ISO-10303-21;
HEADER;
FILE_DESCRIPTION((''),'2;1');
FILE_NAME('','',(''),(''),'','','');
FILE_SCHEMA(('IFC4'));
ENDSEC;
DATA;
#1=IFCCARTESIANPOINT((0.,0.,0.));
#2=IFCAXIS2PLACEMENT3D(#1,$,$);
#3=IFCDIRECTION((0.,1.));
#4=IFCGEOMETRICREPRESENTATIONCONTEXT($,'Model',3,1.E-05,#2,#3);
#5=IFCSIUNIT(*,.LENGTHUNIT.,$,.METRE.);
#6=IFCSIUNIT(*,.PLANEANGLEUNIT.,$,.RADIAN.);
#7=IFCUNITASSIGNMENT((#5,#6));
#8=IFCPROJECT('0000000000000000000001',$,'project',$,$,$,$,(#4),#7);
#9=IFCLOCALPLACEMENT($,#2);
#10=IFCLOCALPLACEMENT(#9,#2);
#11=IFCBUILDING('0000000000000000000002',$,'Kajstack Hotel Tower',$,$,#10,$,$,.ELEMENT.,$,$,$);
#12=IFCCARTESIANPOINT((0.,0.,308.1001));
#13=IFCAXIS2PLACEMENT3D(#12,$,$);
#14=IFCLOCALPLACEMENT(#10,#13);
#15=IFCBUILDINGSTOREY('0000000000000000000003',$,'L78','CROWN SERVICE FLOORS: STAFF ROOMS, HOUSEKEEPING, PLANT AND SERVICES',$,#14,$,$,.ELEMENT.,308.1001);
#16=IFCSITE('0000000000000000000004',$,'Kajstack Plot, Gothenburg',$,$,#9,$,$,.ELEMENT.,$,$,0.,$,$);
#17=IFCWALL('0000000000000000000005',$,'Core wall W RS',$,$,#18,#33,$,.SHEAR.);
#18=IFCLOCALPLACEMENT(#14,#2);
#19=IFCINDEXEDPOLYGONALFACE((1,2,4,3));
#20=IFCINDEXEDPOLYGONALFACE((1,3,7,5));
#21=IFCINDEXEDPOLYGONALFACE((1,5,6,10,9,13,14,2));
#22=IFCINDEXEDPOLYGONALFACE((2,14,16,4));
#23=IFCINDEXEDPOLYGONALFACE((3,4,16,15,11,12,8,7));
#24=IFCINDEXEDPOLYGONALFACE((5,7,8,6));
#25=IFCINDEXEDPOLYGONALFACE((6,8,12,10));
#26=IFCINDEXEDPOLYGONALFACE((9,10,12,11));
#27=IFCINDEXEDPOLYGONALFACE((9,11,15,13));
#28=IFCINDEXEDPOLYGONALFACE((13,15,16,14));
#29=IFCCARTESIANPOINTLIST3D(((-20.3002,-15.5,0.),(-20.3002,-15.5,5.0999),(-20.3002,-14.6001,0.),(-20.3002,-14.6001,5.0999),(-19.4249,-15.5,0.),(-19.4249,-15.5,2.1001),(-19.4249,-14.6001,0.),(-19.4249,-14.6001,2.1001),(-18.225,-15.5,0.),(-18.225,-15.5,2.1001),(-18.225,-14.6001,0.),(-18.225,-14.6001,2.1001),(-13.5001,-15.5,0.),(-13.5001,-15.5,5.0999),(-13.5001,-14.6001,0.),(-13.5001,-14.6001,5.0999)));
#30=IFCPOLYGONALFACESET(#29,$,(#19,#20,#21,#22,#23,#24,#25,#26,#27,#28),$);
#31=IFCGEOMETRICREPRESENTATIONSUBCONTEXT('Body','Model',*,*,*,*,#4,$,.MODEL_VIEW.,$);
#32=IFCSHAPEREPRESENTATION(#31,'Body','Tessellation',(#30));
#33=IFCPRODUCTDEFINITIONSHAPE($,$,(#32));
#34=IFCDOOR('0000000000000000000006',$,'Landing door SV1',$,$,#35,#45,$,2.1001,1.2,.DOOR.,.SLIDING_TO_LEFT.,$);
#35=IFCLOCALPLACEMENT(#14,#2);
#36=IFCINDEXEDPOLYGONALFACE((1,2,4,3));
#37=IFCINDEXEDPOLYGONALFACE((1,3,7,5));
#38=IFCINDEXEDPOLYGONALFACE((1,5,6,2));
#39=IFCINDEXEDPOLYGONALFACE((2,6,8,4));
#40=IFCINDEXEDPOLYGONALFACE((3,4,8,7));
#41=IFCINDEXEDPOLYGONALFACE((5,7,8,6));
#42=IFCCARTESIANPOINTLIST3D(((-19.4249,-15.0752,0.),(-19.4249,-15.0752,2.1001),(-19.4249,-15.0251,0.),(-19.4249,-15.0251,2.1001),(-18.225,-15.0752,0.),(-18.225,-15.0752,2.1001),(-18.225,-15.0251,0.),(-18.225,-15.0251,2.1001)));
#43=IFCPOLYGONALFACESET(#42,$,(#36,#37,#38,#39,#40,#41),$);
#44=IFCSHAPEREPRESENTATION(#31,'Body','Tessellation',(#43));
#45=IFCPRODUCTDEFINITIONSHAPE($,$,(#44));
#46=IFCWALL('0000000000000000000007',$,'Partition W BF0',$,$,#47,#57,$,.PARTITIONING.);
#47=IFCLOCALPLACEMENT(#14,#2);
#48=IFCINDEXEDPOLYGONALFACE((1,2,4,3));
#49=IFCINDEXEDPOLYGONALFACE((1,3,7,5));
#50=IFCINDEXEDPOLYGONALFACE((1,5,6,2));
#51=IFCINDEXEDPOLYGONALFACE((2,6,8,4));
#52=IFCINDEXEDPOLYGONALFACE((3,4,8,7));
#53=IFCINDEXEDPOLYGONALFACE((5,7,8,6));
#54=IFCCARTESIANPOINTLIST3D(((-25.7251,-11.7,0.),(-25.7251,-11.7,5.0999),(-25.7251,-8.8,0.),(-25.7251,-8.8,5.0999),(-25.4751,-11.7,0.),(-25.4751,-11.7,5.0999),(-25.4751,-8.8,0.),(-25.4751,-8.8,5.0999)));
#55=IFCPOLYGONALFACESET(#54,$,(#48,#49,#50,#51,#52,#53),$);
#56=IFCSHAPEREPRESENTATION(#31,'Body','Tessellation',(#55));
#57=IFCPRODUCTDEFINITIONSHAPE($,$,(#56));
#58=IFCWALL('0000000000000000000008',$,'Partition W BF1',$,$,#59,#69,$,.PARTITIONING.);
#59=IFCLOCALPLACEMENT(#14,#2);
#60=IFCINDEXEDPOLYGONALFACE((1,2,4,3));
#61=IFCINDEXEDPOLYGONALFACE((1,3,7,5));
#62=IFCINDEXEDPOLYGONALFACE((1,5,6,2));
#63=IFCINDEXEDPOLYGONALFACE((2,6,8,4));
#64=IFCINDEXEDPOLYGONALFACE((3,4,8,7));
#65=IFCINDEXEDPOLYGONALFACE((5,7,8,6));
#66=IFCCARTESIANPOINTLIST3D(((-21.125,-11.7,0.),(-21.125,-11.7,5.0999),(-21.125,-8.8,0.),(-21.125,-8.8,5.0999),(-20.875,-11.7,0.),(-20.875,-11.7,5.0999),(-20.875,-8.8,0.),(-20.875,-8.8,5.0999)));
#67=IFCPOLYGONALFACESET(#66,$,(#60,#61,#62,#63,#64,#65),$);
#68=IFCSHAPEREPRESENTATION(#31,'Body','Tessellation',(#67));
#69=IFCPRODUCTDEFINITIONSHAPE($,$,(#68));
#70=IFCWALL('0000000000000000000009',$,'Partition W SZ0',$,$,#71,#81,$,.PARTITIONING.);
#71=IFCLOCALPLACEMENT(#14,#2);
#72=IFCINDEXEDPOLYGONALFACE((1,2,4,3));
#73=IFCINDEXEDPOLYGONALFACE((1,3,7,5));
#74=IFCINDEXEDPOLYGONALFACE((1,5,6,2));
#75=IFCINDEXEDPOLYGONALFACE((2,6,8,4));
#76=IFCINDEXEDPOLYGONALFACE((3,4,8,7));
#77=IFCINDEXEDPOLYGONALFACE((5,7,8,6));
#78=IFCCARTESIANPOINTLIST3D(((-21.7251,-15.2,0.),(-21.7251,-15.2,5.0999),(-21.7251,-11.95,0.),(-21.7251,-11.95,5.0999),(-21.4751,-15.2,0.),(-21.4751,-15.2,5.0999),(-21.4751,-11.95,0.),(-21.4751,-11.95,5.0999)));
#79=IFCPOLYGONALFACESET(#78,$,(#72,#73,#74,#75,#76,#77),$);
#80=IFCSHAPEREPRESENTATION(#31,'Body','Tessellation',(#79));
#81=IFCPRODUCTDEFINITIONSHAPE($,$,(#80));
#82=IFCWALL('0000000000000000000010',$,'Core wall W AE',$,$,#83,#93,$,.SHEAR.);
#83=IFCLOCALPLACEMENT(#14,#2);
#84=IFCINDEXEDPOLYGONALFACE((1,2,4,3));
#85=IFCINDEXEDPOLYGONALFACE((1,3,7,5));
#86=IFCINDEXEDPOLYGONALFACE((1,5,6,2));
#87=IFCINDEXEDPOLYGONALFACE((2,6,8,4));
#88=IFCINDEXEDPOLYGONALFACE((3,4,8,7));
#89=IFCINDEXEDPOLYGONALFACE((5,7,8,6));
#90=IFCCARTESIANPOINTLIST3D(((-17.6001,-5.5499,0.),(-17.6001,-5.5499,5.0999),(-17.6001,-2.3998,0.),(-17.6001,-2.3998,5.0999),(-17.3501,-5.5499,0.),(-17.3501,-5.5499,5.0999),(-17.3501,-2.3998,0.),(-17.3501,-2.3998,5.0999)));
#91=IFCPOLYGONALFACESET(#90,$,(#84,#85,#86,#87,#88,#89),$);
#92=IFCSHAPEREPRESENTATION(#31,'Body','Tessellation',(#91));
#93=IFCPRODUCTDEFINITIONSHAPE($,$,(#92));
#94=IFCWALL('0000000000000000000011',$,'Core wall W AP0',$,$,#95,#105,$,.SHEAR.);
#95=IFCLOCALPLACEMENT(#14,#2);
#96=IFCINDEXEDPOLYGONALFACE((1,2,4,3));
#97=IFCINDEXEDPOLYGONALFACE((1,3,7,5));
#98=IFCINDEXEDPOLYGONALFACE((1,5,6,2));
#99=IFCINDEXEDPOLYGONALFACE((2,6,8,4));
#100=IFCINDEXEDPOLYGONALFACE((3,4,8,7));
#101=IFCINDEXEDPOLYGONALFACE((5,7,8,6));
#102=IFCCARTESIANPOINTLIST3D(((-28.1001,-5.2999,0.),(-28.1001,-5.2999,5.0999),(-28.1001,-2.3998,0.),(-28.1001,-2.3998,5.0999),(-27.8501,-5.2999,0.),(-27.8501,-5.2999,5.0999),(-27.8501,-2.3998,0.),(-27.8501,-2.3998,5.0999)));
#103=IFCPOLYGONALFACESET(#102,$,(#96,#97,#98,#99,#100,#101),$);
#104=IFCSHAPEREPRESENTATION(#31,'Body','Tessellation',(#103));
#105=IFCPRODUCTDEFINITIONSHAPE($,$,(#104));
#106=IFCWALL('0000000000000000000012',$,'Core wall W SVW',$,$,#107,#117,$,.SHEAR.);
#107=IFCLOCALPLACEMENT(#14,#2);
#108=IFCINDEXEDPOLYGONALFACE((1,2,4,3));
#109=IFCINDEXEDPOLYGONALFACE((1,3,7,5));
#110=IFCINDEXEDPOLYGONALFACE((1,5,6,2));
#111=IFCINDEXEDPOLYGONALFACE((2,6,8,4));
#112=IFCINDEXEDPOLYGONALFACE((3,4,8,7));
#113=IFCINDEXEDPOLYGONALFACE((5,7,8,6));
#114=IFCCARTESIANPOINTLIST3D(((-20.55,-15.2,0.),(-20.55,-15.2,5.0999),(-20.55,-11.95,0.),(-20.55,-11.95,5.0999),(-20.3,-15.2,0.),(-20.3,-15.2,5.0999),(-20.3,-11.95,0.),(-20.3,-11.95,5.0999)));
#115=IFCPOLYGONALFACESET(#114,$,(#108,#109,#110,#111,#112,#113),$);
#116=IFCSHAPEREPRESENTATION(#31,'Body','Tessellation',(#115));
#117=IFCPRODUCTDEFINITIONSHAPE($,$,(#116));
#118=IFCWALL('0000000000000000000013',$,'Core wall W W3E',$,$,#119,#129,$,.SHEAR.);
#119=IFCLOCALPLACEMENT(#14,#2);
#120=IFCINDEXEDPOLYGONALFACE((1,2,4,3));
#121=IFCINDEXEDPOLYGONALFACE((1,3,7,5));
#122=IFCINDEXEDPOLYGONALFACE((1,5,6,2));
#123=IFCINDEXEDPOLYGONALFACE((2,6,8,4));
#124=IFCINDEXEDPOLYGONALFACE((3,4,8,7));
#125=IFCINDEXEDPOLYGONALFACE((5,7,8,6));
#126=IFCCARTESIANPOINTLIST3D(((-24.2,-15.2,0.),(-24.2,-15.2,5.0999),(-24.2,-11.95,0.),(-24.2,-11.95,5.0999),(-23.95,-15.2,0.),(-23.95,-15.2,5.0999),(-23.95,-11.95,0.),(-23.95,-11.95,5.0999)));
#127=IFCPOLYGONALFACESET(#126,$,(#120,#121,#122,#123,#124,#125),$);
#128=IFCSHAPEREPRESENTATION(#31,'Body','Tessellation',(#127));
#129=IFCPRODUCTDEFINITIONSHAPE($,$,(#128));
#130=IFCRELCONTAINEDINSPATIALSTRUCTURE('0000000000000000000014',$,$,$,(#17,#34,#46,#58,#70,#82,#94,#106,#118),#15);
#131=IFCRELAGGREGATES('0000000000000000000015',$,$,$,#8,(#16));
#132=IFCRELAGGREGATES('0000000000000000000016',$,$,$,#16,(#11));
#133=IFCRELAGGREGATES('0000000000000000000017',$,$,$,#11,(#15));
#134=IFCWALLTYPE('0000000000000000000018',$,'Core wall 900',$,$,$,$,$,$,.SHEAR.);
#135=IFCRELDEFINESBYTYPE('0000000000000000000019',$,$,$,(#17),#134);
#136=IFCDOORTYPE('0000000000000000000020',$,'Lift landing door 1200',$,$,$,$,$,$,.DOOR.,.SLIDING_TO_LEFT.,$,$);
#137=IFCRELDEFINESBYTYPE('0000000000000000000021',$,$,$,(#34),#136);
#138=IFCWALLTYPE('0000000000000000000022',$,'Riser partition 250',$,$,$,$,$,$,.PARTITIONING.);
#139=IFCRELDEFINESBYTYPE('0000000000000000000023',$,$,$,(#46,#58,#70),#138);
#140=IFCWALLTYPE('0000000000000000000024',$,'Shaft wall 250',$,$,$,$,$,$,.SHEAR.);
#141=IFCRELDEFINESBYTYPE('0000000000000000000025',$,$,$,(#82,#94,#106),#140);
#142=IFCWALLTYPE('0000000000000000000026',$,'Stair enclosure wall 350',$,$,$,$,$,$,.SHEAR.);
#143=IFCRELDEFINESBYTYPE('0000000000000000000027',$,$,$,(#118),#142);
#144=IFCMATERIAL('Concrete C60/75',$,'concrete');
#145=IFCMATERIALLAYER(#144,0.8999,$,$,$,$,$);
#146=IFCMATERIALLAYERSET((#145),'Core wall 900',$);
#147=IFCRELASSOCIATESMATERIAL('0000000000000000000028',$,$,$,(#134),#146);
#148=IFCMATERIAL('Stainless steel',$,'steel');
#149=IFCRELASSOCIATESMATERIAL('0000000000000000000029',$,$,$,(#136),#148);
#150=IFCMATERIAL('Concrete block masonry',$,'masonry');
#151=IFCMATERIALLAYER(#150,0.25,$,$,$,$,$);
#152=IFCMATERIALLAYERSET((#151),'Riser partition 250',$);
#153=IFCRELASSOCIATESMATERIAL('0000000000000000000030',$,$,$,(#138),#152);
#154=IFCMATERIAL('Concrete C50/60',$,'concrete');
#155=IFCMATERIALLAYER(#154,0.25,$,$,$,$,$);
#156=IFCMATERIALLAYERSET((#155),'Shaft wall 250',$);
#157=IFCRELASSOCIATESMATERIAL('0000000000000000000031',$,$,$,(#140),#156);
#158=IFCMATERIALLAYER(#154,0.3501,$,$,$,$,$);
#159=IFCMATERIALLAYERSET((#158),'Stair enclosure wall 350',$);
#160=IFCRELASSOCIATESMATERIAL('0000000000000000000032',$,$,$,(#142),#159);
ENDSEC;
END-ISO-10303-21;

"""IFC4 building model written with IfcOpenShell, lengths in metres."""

from ifc_helpers import new_model, si_unit, direction, frame, frame_2d, origin, place, context, subcontext, project, spatial, rectangle, extrude, material, layer, layer_set, type_object, element, fill, save


model = new_model("IFC4")

# Units and contexts
model_context = context("Model", 3, precision=1e-05, world=origin(), true_north=direction((0.0, 1.0)))
body_context = subcontext(model_context, "Body", "Model", "MODEL_VIEW")
ifc_project = project(units=[si_unit("LENGTHUNIT", "METRE"), si_unit("PLANEANGLEUNIT", "RADIAN")], contexts=[model_context])

# Site, building, storey
site_placement = place(None, origin())
site = spatial("IfcSite", under=ifc_project, at=site_placement, Name="Kajstack Plot, Gothenburg", CompositionType="ELEMENT", RefElevation=0.0)
building_placement = place(site_placement, origin())
building = spatial("IfcBuilding", under=site, at=building_placement, Name="Kajstack Hotel Tower", CompositionType="ELEMENT")
storey_placement = place(building_placement, frame((0.0, 0.0, 308.1001)))
storey = spatial("IfcBuildingStorey", under=building, at=storey_placement, Name="L78", Description="CROWN SERVICE FLOORS: STAFF ROOMS, HOUSEKEEPING, PLANT AND SERVICES", CompositionType="ELEMENT", Elevation=308.1001)

# Wall, opening, door
ifc_material_1 = material(Name="Concrete C60/75", Category="concrete")
ifc_layer_1 = layer(ifc_material_1, 0.8999)
ifc_layer_set_1 = layer_set([ifc_layer_1], Name="Core wall 900")
wall_type_1 = type_object("IfcWallType", Name="Core wall 900", PredefinedType="SHEAR", material=ifc_layer_set_1)
wall_1_placement = place(storey_placement, frame((-20.3, -15.05, 0.0), z_axis=(0.0, 0.0, 1.0), x_axis=(1.0, 0.0, 0.0)))
wall_1 = element("IfcWall", 1, at=wall_1_placement, inside=storey, type_object=wall_type_1, Name="Core wall W RS", PredefinedType="SHEAR", context=body_context, shape_type="SweptSolid", body=[
    extrude(rectangle(XDim=6.8, YDim=0.8999, at=frame_2d((3.3999, 0.0))), origin(), (0.0, 0.0, 1.0), 5.0999),
])
opening_placement = place(wall_1_placement, frame((0.875, 0.0, 0.0)))
opening = element("IfcOpeningElement", 2, at=opening_placement, cuts=wall_1, PredefinedType="OPENING", context=body_context, shape_type="SweptSolid", body=[
    extrude(rectangle(XDim=1.2, YDim=2.1001, at=frame_2d((0.6001, 1.05))), frame((0.0, 0.46, 0.0), z_axis=(0.0, -1.0, 0.0), x_axis=(1.0, 0.0, 0.0)), (0.0, 0.0, 1.0), 0.9199),
])
ifc_material_2 = material(Name="Stainless steel", Category="steel")
door_type = type_object("IfcDoorType", Name="Lift landing door 1200", OperationType="SLIDING_TO_LEFT", PredefinedType="DOOR", material=ifc_material_2)
door_placement = place(opening_placement, origin())
door = element("IfcDoor", 3, at=door_placement, inside=storey, type_object=door_type, Name="Landing door SV1", OperationType="SLIDING_TO_LEFT", OverallHeight=2.1001, OverallWidth=1.2, PredefinedType="DOOR", context=body_context, shape_type="SweptSolid", body=[
    extrude(rectangle(XDim=1.2, YDim=2.1001, at=frame_2d((0.6001, 1.05))), frame((0.0, 0.0249, 0.0), z_axis=(0.0, -1.0, 0.0), x_axis=(1.0, 0.0, 0.0)), (0.0, 0.0, 1.0), 0.05),
])
fill(opening, door)

# Walls
ifc_material_3 = material(Name="Concrete block masonry", Category="masonry")
ifc_layer_2 = layer(ifc_material_3, 0.25)
ifc_layer_set_2 = layer_set([ifc_layer_2], Name="Riser partition 250")
wall_type_2 = type_object("IfcWallType", Name="Riser partition 250", PredefinedType="PARTITIONING", material=ifc_layer_set_2)
for number, where, z_axis, x_axis, name in (
    (4, (-25.6001, -11.7, 0.0), (0.0, 0.0, 1.0), (0.0, 1.0, 0.0), "Partition W BF0"),
    (5, (-21.0, -11.7, 0.0), (0.0, 0.0, 1.0), (0.0, 1.0, 0.0), "Partition W BF1"),
):
    element("IfcWall", number, at=place(storey_placement, frame(where, z_axis=z_axis, x_axis=x_axis)), inside=storey, type_object=wall_type_2, Name=name, PredefinedType="PARTITIONING", context=body_context, shape_type="SweptSolid", body=[
        extrude(rectangle(XDim=2.8999, YDim=0.25, at=frame_2d((1.45, 0.0))), origin(), (0.0, 0.0, 1.0), 5.0999),
    ])
wall_2_placement = place(storey_placement, frame((-21.6001, -15.2, 0.0), z_axis=(0.0, 0.0, 1.0), x_axis=(0.0, 1.0, 0.0)))
element("IfcWall", 6, at=wall_2_placement, inside=storey, type_object=wall_type_2, Name="Partition W SZ0", PredefinedType="PARTITIONING", context=body_context, shape_type="SweptSolid", body=[
    extrude(rectangle(XDim=3.25, YDim=0.25, at=frame_2d((1.625, 0.0))), origin(), (0.0, 0.0, 1.0), 5.0999),
])
ifc_material_4 = material(Name="Concrete C50/60", Category="concrete")
ifc_layer_3 = layer(ifc_material_4, 0.25)
ifc_layer_set_3 = layer_set([ifc_layer_3], Name="Shaft wall 250")
wall_type_3 = type_object("IfcWallType", Name="Shaft wall 250", PredefinedType="SHEAR", material=ifc_layer_set_3)
wall_3_placement = place(storey_placement, frame((-17.4751, -5.55, 0.0), z_axis=(0.0, 0.0, 1.0), x_axis=(0.0, 1.0, 0.0)))
element("IfcWall", 7, at=wall_3_placement, inside=storey, type_object=wall_type_3, Name="Core wall W AE", PredefinedType="SHEAR", context=body_context, shape_type="SweptSolid", body=[
    extrude(rectangle(XDim=3.1501, YDim=0.25, at=frame_2d((1.5752, 0.0))), origin(), (0.0, 0.0, 1.0), 5.0999),
])
wall_4_placement = place(storey_placement, frame((-27.9751, -5.3, 0.0), z_axis=(0.0, 0.0, 1.0), x_axis=(0.0, 1.0, 0.0)))
element("IfcWall", 8, at=wall_4_placement, inside=storey, type_object=wall_type_3, Name="Core wall W AP0", PredefinedType="SHEAR", context=body_context, shape_type="SweptSolid", body=[
    extrude(rectangle(XDim=2.9001, YDim=0.25, at=frame_2d((1.4502, 0.0))), origin(), (0.0, 0.0, 1.0), 5.0999),
])
wall_5_placement = place(storey_placement, frame((-20.425, -15.2, 0.0), z_axis=(0.0, 0.0, 1.0), x_axis=(0.0, 1.0, 0.0)))
element("IfcWall", 9, at=wall_5_placement, inside=storey, type_object=wall_type_3, Name="Core wall W SVW", PredefinedType="SHEAR", context=body_context, shape_type="SweptSolid", body=[
    extrude(rectangle(XDim=3.25, YDim=0.25, at=frame_2d((1.625, 0.0))), origin(), (0.0, 0.0, 1.0), 5.0999),
])
ifc_layer_4 = layer(ifc_material_4, 0.3501)
ifc_layer_set_4 = layer_set([ifc_layer_4], Name="Stair enclosure wall 350")
wall_type_4 = type_object("IfcWallType", Name="Stair enclosure wall 350", PredefinedType="SHEAR", material=ifc_layer_set_4)
wall_6_placement = place(storey_placement, frame((-24.075, -15.2, 0.0), z_axis=(0.0, 0.0, 1.0), x_axis=(0.0, 1.0, 0.0)))
element("IfcWall", 10, at=wall_6_placement, inside=storey, type_object=wall_type_4, Name="Core wall W W3E", PredefinedType="SHEAR", context=body_context, shape_type="SweptSolid", body=[
    extrude(rectangle(XDim=3.25, YDim=0.25, at=frame_2d((1.625, 0.0))), origin(), (0.0, 0.0, 1.0), 5.0999),
])

save(model, "model.ifc")
